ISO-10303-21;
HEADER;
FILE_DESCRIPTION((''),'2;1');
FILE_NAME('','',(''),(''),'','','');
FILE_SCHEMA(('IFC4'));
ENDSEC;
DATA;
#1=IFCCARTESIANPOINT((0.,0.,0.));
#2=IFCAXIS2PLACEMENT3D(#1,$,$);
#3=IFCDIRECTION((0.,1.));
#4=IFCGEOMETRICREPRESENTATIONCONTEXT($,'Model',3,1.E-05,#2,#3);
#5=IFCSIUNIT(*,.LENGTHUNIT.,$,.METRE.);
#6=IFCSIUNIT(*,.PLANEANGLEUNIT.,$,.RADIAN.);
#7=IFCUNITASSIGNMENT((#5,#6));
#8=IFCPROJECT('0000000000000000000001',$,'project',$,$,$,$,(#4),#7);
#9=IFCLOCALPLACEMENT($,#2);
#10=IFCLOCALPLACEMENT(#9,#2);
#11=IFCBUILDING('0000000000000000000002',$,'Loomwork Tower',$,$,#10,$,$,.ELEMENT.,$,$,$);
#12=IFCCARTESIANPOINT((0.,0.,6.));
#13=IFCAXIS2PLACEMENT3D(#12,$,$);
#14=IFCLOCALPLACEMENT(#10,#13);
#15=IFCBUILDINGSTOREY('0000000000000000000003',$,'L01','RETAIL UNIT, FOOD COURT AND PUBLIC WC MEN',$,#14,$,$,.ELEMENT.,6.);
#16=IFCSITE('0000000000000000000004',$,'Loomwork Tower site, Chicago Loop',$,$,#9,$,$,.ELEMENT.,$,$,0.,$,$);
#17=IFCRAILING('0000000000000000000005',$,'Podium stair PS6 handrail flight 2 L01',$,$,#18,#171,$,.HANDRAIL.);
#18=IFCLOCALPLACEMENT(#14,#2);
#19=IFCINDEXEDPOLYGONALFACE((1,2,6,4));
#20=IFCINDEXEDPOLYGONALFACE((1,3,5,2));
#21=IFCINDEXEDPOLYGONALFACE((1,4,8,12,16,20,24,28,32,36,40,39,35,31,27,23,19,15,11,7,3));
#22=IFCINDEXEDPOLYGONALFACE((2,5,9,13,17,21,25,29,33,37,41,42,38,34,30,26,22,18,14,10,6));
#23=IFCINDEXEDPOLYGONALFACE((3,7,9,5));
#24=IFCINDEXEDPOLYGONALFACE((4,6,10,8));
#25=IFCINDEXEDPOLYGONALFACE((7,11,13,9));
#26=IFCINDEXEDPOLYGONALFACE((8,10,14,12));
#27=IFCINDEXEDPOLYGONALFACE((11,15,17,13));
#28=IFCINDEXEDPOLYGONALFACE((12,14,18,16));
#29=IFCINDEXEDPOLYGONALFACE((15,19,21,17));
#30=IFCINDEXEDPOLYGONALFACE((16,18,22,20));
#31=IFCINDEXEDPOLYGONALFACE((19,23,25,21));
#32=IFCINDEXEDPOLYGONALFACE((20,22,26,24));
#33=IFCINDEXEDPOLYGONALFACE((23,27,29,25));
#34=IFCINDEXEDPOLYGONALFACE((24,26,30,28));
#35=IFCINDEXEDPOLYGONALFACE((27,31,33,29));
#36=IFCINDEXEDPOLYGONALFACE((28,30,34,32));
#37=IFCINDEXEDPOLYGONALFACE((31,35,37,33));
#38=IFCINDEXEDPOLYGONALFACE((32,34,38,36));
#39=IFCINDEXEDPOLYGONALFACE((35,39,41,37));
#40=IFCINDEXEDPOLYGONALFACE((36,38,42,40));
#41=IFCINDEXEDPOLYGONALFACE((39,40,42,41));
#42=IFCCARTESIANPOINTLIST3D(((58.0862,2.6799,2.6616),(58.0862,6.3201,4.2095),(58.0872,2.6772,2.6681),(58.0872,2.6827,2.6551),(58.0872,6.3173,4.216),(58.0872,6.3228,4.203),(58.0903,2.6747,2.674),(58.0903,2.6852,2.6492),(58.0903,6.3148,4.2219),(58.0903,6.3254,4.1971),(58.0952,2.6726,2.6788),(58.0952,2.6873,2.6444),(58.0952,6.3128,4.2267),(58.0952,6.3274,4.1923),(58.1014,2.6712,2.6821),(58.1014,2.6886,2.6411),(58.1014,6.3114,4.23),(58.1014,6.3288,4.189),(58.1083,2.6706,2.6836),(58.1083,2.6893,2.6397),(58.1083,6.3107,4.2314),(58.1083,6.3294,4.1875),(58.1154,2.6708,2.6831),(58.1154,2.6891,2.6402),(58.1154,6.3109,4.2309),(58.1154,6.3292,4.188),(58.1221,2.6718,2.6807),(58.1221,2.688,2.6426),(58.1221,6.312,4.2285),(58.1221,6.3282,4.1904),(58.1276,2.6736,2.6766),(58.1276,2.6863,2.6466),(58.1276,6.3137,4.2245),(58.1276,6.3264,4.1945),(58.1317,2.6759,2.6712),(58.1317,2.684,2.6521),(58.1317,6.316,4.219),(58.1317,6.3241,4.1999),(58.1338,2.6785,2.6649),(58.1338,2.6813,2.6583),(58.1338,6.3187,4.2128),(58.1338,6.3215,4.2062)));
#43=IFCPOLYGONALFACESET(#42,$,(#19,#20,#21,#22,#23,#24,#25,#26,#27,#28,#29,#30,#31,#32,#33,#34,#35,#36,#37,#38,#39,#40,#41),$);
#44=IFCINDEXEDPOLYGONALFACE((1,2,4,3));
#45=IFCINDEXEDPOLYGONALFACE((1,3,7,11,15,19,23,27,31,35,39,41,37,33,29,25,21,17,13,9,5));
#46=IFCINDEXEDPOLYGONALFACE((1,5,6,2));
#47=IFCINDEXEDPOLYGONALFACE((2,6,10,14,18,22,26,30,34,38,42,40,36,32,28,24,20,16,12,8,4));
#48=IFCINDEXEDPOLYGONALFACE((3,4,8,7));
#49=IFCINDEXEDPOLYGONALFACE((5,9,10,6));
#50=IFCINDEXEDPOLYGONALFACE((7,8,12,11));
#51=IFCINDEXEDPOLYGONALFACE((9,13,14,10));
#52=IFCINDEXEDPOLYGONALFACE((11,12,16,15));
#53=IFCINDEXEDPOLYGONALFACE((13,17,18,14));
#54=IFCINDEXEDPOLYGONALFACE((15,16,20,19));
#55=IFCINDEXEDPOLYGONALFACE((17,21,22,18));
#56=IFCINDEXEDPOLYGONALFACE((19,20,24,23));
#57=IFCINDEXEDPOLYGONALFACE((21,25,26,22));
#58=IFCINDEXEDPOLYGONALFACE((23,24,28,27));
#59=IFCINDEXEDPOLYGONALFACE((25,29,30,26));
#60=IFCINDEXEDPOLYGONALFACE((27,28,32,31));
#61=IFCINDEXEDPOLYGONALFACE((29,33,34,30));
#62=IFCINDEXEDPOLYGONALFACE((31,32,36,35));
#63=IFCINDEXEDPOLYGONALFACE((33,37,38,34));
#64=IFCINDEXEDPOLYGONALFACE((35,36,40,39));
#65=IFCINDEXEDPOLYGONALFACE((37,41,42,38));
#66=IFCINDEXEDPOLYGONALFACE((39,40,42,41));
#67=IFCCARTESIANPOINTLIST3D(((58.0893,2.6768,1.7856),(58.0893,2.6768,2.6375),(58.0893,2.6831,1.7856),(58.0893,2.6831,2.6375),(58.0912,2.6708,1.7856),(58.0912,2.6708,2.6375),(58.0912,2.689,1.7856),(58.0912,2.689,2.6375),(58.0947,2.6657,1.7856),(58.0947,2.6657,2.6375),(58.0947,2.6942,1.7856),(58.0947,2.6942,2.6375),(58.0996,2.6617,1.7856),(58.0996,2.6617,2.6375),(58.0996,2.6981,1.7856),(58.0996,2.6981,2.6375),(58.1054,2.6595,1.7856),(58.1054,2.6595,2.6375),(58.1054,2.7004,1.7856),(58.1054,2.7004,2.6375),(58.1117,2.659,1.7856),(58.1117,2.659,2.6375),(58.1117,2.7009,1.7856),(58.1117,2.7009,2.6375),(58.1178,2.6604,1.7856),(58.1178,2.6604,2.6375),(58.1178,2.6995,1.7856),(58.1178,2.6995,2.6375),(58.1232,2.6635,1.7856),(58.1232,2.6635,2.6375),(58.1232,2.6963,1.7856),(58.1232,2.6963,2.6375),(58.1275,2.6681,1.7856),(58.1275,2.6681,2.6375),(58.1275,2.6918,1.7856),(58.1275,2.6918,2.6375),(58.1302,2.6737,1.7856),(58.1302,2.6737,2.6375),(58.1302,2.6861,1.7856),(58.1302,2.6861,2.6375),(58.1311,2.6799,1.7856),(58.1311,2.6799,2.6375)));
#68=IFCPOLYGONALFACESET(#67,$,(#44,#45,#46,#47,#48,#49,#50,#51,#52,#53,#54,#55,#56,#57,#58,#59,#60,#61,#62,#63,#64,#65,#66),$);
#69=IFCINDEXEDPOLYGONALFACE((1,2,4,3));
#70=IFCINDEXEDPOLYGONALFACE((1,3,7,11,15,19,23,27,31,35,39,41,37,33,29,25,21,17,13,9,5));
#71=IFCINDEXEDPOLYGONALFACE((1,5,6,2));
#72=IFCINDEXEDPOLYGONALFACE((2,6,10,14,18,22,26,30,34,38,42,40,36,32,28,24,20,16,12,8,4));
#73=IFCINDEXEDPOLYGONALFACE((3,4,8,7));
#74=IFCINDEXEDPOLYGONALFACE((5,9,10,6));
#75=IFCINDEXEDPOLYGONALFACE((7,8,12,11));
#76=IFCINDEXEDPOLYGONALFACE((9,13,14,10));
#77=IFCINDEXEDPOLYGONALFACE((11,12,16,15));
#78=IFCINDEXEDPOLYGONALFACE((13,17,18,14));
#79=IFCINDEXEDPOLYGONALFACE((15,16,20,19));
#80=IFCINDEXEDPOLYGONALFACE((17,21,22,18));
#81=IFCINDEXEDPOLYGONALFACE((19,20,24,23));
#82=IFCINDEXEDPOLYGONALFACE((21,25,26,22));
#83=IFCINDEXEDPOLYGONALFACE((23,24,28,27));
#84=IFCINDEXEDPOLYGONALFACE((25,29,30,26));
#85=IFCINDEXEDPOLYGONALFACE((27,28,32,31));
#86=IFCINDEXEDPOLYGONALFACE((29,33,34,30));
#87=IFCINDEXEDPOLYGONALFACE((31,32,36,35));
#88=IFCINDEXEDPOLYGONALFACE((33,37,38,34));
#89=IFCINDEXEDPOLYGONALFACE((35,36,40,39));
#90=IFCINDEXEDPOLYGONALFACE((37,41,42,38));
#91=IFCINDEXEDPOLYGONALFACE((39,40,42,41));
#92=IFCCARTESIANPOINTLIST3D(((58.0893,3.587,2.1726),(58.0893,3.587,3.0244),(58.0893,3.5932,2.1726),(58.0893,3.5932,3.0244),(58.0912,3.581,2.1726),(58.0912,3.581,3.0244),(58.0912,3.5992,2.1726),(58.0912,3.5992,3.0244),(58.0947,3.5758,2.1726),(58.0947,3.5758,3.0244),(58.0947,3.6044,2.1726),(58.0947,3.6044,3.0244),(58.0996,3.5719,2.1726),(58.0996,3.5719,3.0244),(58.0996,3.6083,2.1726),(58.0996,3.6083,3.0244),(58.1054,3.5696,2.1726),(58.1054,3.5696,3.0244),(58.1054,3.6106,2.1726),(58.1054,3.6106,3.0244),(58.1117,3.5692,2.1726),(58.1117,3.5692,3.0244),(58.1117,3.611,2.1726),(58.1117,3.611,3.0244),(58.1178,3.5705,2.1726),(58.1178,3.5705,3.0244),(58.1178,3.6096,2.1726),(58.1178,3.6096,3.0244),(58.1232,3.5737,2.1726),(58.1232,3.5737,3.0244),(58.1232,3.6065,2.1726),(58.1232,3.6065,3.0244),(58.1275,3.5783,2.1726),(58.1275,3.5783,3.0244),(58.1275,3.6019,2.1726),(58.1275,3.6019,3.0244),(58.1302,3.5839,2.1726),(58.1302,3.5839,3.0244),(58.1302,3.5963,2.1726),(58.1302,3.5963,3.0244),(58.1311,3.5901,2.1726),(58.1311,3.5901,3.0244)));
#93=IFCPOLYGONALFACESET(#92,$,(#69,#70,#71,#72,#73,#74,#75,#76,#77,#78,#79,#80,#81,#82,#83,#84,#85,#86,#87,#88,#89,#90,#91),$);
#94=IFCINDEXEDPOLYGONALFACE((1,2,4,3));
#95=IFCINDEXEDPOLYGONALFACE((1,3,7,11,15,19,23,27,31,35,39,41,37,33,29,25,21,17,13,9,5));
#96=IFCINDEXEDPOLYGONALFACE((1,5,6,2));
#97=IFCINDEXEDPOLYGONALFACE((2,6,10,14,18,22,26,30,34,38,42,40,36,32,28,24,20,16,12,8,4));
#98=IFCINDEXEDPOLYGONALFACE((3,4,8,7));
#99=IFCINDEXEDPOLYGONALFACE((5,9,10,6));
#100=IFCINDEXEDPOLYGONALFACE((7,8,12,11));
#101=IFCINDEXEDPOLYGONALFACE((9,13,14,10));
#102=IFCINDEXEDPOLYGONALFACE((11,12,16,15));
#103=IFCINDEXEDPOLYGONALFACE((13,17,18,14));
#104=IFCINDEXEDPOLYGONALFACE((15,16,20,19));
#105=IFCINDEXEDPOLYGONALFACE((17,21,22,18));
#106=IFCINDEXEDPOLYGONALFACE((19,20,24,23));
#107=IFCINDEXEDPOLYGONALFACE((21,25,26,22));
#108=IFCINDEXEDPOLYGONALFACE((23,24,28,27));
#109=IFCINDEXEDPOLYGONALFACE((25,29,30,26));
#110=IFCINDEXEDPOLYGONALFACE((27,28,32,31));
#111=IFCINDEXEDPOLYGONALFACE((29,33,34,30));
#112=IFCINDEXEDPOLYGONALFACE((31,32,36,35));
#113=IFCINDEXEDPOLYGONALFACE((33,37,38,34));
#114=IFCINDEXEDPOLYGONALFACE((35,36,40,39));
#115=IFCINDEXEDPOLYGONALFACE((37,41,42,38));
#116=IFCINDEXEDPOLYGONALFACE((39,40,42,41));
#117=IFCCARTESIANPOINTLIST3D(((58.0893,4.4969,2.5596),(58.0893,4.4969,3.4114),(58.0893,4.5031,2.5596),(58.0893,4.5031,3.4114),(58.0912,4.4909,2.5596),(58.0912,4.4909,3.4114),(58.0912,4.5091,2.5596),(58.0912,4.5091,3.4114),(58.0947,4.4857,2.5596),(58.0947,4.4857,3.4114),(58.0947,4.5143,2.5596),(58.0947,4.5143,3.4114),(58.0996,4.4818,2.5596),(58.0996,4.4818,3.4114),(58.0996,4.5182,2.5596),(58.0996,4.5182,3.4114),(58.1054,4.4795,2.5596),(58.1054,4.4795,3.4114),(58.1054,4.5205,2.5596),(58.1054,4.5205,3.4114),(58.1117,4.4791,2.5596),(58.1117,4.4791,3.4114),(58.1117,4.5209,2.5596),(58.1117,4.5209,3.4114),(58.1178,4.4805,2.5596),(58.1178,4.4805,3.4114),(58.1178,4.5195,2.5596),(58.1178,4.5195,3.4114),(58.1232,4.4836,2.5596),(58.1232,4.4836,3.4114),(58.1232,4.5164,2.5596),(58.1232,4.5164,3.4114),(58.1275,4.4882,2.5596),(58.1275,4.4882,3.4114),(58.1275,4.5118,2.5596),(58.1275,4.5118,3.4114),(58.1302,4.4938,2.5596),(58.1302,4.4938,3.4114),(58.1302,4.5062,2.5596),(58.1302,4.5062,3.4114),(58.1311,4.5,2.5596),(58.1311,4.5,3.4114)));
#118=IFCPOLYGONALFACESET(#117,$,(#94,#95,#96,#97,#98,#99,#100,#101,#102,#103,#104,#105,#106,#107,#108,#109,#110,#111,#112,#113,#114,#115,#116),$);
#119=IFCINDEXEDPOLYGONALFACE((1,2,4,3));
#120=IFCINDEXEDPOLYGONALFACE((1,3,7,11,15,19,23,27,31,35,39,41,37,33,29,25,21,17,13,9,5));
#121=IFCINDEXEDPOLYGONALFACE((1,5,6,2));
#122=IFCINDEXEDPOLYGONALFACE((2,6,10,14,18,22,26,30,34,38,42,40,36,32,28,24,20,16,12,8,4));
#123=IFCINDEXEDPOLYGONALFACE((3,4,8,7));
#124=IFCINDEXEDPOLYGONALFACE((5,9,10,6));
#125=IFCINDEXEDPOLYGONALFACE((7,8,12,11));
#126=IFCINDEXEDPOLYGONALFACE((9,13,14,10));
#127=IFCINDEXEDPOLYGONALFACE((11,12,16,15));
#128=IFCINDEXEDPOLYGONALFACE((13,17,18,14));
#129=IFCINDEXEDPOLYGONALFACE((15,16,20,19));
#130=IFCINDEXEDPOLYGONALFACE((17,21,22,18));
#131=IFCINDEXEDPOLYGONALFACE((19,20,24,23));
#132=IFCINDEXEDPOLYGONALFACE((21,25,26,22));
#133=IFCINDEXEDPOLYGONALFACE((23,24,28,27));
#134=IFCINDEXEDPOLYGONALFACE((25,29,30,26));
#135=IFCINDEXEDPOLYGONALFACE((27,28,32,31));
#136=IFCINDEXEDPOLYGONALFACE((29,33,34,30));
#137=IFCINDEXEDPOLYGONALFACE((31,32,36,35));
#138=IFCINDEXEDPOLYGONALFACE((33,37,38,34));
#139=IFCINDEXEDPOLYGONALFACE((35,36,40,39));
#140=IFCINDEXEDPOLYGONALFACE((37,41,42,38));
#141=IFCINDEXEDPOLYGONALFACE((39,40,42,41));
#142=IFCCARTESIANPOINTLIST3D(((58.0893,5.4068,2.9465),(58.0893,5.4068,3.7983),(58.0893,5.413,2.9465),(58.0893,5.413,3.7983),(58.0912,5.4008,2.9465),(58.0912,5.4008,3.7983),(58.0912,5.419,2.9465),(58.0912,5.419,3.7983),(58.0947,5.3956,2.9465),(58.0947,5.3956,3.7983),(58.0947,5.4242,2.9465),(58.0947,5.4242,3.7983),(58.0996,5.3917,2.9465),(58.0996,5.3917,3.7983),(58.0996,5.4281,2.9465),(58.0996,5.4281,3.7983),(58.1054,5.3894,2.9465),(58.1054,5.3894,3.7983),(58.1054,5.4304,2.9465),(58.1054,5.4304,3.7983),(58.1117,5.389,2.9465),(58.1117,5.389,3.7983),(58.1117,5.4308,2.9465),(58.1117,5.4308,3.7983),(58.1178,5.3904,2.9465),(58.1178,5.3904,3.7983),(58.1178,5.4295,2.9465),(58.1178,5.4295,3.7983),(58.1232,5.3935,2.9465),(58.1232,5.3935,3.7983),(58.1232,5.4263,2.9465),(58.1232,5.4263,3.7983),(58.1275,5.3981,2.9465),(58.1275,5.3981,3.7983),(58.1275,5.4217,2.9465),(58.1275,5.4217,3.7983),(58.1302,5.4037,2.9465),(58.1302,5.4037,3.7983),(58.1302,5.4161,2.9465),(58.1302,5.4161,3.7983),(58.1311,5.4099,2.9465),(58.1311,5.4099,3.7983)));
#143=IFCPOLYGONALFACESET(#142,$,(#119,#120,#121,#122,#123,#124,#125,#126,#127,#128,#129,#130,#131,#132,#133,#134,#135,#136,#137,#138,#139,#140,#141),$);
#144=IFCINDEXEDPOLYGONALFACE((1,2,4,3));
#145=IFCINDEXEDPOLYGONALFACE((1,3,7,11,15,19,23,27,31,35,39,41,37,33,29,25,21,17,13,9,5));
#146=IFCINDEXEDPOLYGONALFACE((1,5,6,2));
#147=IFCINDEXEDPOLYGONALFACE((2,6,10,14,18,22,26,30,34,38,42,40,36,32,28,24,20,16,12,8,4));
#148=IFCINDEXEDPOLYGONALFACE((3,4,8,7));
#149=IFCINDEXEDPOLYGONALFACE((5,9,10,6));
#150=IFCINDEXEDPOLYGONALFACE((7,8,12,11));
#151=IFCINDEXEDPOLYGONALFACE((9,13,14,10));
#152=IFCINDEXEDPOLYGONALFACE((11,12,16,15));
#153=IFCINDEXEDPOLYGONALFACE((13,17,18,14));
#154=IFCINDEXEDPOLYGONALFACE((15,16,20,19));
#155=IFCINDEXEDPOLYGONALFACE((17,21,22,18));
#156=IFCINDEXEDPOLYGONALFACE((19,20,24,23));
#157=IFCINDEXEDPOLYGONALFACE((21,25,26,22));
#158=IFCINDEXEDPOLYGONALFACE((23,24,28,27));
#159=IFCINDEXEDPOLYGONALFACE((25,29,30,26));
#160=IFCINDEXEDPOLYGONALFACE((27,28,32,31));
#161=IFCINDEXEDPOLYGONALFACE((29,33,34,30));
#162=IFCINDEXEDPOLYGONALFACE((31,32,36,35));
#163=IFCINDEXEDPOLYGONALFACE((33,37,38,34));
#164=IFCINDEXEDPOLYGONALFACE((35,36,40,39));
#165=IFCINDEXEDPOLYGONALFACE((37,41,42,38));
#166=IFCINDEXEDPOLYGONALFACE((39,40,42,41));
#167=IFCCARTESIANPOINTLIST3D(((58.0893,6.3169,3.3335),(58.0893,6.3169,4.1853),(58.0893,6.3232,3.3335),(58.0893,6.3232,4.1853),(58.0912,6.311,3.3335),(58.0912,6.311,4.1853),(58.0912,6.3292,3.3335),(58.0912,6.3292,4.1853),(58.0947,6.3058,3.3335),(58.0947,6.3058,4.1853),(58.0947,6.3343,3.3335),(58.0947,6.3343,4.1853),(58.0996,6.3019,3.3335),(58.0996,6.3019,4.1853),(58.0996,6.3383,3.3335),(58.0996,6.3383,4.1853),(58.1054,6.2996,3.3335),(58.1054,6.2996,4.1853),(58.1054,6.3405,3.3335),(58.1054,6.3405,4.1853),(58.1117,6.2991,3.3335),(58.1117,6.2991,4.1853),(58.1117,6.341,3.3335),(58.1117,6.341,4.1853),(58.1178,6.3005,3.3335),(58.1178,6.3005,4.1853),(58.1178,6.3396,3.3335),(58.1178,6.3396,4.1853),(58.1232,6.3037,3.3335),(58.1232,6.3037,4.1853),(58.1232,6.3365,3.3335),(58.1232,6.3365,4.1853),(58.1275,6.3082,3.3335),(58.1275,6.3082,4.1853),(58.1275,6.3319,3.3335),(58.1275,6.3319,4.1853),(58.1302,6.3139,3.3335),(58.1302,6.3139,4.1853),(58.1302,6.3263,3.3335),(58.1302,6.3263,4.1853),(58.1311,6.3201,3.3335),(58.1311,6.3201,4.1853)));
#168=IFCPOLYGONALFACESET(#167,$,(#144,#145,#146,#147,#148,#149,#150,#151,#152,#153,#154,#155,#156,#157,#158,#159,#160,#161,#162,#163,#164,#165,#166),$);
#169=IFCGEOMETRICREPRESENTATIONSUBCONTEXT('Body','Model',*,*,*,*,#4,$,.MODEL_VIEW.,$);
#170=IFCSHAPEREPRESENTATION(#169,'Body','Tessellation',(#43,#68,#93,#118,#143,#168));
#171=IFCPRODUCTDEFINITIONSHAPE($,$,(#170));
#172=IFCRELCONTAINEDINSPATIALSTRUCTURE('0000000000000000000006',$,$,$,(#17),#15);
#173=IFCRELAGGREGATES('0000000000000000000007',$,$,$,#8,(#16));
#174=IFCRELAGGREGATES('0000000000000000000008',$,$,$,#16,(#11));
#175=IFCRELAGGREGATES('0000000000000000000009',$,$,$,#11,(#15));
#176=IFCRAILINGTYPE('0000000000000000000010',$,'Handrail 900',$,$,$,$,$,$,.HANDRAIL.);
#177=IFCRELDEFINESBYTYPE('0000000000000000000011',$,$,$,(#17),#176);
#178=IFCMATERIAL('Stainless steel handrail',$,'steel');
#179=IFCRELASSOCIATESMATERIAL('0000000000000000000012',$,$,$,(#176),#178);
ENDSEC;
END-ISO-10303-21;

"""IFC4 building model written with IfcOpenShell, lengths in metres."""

from ifc_helpers import new_model, si_unit, direction, frame, origin, origin_2d, place, context, subcontext, project, spatial, circle, extrude, material, type_object, element, save


model = new_model("IFC4")

# Units and contexts
model_context = context("Model", 3, precision=1e-05, world=origin(), true_north=direction((0.0, 1.0)))
body_context = subcontext(model_context, "Body", "Model", "MODEL_VIEW")
ifc_project = project(units=[si_unit("LENGTHUNIT", "METRE"), si_unit("PLANEANGLEUNIT", "RADIAN")], contexts=[model_context])

# Site, building, storey
site_placement = place(None, origin())
site = spatial("IfcSite", under=ifc_project, at=site_placement, Name="Loomwork Tower site, Chicago Loop", CompositionType="ELEMENT", RefElevation=0.0)
building_placement = place(site_placement, origin())
building = spatial("IfcBuilding", under=site, at=building_placement, Name="Loomwork Tower", CompositionType="ELEMENT")
storey_placement = place(building_placement, frame((0.0, 0.0, 6.0)))
storey = spatial("IfcBuildingStorey", under=building, at=storey_placement, Name="L01", Description="RETAIL UNIT, FOOD COURT AND PUBLIC WC MEN", CompositionType="ELEMENT", Elevation=6.0)

# Railing
ifc_material_1 = material(Name="Stainless steel handrail", Category="steel")
railing_type = type_object("IfcRailingType", Name="Handrail 900", PredefinedType="HANDRAIL", material=ifc_material_1)
railing_1_placement = place(storey_placement, frame((58.1101, 2.6799, 1.7856)))
element("IfcRailing", 1, at=railing_1_placement, inside=storey, type_object=railing_type, Name="Podium stair PS6 handrail flight 2 L01", PredefinedType="HANDRAIL", context=body_context, shape_type="SweptSolid", body=[
    extrude(circle(Radius=0.0239, at=origin_2d()), frame((0.0, 0.0, 0.876), z_axis=(0.0, 0.920259, 0.391311), x_axis=(-1.0, 0.0, 0.0)), (0.0, 0.0, 1.0), 3.9556),
    extrude(circle(Radius=0.021, at=origin_2d()), origin(), (0.0, 0.0, 1.0), 0.8518),
    extrude(circle(Radius=0.021, at=origin_2d()), frame((0.0, 0.9102, 0.387)), (0.0, 0.0, 1.0), 0.8518),
    extrude(circle(Radius=0.021, at=origin_2d()), frame((0.0, 1.8201, 0.7739)), (0.0, 0.0, 1.0), 0.8518),
    extrude(circle(Radius=0.021, at=origin_2d()), frame((0.0, 2.73, 1.1609)), (0.0, 0.0, 1.0), 0.8518),
    extrude(circle(Radius=0.021, at=origin_2d()), frame((0.0, 3.6401, 1.5479)), (0.0, 0.0, 1.0), 0.8518),
])

save(model, "model.ifc")
